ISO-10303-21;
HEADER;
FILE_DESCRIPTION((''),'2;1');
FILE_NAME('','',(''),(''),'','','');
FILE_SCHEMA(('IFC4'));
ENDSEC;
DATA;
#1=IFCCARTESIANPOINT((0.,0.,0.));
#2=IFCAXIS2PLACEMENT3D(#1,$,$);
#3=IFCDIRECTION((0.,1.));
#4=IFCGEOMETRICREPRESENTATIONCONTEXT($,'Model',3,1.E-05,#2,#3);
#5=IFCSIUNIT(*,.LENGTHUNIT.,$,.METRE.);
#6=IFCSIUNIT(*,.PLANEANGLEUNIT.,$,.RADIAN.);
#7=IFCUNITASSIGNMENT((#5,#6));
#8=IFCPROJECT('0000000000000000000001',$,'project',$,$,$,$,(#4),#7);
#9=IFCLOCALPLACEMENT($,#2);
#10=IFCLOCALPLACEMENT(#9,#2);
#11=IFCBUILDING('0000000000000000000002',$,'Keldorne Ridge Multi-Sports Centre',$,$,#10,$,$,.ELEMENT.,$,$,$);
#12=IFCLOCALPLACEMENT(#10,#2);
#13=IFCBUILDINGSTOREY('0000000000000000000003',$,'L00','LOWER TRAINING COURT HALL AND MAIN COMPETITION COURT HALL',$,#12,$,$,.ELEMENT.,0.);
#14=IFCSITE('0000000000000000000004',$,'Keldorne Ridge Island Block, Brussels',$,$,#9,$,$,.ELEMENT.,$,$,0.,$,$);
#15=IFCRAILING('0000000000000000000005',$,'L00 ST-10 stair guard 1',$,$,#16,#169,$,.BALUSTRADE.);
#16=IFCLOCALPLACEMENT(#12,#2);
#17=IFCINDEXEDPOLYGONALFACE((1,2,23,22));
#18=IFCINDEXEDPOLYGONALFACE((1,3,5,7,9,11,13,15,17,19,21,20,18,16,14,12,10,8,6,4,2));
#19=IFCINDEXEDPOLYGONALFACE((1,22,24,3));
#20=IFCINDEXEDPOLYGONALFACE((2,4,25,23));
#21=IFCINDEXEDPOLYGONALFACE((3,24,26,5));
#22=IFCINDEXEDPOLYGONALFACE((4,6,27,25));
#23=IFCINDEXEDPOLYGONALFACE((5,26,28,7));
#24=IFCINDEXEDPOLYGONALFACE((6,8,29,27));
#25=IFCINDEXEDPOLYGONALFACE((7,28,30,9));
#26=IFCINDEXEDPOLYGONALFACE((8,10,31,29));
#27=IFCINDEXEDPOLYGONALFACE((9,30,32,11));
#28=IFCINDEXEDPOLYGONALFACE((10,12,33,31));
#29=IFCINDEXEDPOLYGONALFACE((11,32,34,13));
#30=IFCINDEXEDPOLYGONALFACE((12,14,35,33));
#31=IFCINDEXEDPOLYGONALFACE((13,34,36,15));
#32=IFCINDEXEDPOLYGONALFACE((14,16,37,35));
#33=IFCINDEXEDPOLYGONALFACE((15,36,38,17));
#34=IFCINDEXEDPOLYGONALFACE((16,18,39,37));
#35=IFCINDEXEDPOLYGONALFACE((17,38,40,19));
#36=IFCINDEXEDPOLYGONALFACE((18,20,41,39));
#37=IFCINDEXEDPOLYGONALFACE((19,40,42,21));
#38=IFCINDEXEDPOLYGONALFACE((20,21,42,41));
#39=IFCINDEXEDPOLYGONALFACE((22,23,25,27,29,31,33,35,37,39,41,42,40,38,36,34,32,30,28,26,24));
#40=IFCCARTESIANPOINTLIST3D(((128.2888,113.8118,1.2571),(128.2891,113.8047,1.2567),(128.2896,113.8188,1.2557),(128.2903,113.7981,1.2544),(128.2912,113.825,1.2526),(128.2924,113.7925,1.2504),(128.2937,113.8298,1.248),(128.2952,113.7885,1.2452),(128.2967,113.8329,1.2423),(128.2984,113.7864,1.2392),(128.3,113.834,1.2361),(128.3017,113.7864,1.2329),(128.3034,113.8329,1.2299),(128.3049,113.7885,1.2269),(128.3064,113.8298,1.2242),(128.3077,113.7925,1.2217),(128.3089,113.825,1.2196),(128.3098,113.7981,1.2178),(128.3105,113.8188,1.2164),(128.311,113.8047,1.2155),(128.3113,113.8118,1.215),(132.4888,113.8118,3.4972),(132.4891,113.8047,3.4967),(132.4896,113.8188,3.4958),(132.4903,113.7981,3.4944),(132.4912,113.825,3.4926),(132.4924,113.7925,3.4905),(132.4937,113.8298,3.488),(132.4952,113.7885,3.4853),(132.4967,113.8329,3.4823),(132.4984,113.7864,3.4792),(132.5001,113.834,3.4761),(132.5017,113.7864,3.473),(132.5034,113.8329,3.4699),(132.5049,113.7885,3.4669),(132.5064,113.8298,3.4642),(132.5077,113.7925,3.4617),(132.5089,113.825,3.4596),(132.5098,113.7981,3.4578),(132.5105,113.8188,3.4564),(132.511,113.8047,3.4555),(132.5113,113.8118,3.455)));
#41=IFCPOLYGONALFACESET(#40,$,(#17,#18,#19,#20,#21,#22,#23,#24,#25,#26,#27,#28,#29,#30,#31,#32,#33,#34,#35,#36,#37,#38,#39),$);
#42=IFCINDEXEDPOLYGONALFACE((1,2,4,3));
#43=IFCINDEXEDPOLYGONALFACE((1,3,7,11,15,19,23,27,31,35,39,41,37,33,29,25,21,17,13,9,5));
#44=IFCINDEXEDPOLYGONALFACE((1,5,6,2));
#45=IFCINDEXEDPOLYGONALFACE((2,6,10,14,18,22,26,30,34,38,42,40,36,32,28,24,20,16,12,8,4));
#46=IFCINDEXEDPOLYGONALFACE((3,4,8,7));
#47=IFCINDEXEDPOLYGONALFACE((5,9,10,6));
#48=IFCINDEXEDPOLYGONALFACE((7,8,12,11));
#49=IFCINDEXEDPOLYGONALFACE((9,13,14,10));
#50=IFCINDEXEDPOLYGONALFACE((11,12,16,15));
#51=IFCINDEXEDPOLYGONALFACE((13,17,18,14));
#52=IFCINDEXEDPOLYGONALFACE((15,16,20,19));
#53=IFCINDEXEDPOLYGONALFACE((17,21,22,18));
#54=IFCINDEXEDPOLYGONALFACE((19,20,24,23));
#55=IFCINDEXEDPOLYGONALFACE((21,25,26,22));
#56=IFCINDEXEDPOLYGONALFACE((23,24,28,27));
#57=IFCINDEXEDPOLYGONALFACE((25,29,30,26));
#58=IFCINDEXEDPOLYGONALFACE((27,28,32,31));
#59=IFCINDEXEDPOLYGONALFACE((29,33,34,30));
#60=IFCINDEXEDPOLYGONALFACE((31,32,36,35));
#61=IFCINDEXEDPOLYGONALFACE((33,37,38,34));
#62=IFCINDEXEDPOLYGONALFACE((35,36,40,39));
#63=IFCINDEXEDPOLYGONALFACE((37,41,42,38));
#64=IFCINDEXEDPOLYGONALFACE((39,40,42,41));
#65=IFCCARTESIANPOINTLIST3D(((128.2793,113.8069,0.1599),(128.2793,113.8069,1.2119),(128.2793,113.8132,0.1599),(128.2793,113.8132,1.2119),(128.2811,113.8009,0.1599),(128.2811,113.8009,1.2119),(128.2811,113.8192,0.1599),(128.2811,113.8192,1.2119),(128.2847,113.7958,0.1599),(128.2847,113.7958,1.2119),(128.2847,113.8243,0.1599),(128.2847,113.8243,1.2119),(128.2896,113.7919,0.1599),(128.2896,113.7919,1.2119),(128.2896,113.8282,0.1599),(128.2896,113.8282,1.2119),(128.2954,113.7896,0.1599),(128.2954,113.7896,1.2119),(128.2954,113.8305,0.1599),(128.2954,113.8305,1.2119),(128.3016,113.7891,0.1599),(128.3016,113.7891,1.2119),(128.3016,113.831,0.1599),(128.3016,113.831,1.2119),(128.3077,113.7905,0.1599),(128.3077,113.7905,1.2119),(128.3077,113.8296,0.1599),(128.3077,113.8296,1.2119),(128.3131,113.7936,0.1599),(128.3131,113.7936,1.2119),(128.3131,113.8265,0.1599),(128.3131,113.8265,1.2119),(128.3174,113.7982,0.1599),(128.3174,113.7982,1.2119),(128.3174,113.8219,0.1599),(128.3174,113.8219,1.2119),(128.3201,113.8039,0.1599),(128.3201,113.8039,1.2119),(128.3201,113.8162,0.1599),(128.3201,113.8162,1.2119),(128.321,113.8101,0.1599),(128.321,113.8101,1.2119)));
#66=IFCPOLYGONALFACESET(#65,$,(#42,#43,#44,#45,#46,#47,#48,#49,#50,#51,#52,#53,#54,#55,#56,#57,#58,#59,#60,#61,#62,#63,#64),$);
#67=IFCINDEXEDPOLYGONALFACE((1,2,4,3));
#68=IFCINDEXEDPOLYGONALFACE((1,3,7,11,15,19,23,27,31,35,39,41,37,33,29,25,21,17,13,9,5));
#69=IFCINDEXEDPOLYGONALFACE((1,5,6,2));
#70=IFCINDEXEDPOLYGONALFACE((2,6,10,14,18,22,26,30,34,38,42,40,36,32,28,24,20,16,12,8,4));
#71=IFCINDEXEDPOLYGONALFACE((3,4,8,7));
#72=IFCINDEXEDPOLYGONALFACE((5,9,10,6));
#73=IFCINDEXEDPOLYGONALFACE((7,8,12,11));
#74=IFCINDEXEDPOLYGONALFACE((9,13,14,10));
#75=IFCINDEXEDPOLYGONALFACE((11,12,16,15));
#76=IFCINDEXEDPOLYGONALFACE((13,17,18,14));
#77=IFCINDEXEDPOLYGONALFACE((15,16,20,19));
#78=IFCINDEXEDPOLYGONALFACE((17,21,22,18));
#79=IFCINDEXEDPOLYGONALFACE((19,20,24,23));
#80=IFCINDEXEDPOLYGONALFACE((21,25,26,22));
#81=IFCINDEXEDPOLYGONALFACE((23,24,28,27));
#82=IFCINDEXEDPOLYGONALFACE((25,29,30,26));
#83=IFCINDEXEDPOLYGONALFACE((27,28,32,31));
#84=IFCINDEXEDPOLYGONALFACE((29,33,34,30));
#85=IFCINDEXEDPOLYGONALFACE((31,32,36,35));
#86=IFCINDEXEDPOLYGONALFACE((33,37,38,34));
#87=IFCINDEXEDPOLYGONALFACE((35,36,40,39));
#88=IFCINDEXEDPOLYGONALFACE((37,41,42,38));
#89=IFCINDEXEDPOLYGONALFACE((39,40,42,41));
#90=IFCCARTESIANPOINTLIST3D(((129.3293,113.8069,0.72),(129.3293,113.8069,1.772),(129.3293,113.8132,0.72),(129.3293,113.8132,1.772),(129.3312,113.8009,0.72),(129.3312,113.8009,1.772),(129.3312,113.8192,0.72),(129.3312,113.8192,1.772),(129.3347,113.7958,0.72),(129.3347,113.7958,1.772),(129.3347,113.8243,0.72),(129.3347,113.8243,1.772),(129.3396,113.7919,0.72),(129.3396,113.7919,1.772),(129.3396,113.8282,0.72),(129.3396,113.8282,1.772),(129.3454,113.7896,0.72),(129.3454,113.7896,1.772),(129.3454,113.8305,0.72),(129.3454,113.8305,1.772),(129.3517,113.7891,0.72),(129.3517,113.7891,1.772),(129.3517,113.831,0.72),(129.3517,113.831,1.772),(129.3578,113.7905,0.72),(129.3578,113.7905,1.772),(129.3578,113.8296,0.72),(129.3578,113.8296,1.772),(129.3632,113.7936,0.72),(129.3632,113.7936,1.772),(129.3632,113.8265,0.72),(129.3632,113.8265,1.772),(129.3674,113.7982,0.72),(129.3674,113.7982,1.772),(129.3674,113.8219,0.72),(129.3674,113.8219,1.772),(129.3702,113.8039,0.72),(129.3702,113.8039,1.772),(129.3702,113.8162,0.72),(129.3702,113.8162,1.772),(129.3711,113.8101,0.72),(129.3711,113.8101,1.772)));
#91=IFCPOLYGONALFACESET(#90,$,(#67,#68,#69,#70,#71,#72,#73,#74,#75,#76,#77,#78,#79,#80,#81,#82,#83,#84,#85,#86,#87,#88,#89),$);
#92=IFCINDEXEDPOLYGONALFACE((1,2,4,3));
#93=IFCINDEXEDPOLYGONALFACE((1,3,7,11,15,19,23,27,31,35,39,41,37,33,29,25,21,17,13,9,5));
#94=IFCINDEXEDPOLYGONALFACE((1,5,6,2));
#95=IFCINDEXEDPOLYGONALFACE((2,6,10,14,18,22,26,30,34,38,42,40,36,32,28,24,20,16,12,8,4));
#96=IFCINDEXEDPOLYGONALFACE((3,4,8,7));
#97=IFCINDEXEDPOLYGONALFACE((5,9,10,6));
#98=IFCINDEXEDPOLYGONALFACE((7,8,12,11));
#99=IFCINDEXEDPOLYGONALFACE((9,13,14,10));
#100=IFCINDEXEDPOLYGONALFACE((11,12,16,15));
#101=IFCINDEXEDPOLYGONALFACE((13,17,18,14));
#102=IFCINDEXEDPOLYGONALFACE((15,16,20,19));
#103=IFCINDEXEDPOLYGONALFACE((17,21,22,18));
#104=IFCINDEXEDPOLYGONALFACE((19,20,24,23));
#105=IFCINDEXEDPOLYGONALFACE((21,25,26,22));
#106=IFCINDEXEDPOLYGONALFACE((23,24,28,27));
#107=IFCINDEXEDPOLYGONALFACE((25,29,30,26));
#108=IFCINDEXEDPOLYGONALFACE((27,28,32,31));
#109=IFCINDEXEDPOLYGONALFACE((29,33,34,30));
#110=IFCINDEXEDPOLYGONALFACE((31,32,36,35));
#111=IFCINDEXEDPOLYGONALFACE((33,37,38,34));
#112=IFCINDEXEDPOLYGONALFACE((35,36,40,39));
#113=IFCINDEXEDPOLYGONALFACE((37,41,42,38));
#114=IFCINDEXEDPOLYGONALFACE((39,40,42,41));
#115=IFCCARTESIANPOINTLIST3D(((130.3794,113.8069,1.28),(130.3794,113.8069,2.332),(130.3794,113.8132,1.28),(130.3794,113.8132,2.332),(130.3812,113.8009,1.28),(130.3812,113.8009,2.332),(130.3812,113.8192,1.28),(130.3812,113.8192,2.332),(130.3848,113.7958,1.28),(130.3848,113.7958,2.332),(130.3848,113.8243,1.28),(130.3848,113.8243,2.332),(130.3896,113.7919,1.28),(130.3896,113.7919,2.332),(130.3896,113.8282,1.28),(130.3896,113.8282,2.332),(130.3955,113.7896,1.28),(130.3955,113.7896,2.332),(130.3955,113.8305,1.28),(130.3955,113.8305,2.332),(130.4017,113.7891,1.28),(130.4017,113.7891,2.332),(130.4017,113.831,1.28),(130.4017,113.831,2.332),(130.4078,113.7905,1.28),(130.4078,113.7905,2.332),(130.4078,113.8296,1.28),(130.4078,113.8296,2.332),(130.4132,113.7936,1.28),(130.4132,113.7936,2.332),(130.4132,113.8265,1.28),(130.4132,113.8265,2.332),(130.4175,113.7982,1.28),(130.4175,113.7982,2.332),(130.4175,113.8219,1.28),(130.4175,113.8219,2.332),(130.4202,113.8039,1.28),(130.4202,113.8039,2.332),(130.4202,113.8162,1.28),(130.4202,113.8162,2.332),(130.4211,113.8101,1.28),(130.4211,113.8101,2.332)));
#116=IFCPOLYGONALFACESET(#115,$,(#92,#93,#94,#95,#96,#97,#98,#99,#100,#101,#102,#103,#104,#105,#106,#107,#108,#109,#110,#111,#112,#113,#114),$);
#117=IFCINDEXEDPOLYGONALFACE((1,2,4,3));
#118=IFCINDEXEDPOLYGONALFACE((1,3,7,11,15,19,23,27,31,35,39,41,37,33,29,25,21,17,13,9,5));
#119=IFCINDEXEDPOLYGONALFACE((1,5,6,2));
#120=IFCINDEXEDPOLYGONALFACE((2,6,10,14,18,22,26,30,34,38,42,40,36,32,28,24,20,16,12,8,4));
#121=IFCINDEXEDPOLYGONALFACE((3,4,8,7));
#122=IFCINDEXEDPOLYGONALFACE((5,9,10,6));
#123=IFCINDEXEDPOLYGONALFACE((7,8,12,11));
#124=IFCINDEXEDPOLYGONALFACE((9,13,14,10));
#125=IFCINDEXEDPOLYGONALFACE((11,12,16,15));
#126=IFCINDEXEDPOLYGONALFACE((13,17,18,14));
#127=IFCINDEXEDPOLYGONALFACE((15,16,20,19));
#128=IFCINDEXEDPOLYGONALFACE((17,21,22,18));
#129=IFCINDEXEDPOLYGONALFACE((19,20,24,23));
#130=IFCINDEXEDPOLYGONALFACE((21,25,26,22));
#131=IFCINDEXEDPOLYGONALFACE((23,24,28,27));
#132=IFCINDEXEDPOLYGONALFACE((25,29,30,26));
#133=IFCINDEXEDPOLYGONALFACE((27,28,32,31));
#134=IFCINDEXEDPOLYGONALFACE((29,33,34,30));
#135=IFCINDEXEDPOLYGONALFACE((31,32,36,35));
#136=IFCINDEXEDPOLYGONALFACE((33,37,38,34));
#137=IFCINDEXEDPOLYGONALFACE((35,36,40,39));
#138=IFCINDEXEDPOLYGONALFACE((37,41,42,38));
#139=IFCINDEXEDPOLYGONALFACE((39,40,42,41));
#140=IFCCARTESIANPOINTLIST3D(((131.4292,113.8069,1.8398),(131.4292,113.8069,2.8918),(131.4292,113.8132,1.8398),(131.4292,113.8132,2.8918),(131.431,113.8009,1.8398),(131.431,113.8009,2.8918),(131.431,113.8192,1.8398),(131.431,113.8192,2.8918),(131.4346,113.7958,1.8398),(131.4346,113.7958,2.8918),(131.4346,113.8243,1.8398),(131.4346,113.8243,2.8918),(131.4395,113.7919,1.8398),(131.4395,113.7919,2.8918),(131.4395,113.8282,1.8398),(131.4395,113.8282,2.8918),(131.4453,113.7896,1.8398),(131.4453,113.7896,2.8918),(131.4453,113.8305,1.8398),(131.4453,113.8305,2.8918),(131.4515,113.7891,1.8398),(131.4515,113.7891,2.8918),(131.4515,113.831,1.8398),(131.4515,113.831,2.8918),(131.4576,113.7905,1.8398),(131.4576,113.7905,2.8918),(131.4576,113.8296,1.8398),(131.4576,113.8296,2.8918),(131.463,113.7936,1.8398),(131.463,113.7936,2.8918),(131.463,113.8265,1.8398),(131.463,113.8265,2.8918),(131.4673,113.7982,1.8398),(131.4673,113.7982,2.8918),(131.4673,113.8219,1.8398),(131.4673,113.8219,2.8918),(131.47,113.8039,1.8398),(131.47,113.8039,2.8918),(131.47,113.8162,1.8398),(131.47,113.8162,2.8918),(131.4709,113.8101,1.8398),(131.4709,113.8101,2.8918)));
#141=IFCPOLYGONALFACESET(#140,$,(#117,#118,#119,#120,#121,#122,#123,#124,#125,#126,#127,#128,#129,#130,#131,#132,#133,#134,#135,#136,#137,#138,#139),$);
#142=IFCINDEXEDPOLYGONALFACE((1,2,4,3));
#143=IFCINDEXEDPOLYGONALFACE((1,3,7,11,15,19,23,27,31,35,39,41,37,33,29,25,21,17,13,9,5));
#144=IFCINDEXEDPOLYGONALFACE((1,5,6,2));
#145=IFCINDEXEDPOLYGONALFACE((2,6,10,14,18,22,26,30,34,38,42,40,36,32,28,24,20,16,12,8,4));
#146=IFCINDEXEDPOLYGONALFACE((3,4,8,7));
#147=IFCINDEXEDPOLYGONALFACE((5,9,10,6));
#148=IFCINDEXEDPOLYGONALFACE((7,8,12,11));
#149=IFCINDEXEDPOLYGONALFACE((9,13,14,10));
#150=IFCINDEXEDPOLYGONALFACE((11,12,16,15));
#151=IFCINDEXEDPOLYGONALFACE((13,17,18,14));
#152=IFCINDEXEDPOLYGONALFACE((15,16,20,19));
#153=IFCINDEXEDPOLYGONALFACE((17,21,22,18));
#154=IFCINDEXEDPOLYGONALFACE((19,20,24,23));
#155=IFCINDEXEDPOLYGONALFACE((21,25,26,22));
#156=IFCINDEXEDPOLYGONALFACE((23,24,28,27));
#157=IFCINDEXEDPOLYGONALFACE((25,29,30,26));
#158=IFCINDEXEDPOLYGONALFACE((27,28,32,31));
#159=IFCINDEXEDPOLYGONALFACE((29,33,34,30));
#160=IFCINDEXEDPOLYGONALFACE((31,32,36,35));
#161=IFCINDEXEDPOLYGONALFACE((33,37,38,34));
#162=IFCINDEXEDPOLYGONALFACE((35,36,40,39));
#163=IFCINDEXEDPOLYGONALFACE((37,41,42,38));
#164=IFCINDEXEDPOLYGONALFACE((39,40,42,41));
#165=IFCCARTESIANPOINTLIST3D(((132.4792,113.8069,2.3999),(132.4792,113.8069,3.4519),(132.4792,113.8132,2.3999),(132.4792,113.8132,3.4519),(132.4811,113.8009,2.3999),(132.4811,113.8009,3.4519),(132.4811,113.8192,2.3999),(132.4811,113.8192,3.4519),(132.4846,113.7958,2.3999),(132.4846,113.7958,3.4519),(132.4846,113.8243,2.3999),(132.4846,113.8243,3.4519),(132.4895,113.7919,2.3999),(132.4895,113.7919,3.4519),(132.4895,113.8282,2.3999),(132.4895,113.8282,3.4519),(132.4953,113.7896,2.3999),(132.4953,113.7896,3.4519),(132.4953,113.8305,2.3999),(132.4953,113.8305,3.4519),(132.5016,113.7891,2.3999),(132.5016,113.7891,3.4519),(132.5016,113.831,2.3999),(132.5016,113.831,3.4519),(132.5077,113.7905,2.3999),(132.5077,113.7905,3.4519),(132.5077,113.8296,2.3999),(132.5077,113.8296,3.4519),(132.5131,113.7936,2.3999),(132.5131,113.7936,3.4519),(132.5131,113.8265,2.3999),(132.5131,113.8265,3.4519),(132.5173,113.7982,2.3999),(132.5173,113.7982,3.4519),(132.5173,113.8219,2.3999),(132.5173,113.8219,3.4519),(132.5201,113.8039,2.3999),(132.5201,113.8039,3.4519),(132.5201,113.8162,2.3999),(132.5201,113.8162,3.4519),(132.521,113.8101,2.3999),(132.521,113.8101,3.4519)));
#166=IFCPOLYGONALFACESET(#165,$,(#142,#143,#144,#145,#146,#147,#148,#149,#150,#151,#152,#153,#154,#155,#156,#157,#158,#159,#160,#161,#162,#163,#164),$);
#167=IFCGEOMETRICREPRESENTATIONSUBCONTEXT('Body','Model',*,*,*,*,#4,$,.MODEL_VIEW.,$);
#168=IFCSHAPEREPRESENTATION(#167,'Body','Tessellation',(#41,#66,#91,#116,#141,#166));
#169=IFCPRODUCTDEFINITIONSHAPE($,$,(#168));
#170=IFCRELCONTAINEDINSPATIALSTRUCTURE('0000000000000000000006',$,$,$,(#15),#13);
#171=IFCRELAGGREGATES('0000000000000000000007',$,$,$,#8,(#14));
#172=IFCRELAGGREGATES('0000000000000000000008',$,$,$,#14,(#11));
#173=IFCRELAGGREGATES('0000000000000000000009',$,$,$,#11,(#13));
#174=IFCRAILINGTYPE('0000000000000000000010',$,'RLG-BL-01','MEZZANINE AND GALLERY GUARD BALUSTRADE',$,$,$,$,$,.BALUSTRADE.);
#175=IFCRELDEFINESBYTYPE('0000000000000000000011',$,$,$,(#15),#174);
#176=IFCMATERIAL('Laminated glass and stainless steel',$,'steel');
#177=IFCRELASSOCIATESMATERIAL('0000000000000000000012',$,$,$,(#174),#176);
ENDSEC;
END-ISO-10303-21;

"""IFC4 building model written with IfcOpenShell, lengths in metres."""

from ifc_helpers import new_model, si_unit, direction, frame, origin, origin_2d, place, context, subcontext, project, spatial, circle, extrude, material, type_object, element, save


model = new_model("IFC4")

# Units and contexts
model_context = context("Model", 3, precision=1e-05, world=origin(), true_north=direction((0.0, 1.0)))
body_context = subcontext(model_context, "Body", "Model", "MODEL_VIEW")
ifc_project = project(units=[si_unit("LENGTHUNIT", "METRE"), si_unit("PLANEANGLEUNIT", "RADIAN")], contexts=[model_context])

# Site, building, storey
site_placement = place(None, origin())
site = spatial("IfcSite", under=ifc_project, at=site_placement, Name="Keldorne Ridge Island Block, Brussels", CompositionType="ELEMENT", RefElevation=0.0)
building_placement = place(site_placement, origin())
building = spatial("IfcBuilding", under=site, at=building_placement, Name="Keldorne Ridge Multi-Sports Centre", CompositionType="ELEMENT")
storey_placement = place(building_placement, origin())
storey = spatial("IfcBuildingStorey", under=building, at=storey_placement, Name="L00", Description="LOWER TRAINING COURT HALL AND MAIN COMPETITION COURT HALL", CompositionType="ELEMENT", Elevation=0.0)

# Railing
ifc_material_1 = material(Name="Laminated glass and stainless steel", Category="steel")
railing_type_1 = type_object("IfcRailingType", Name="RLG-BL-01", Description="MEZZANINE AND GALLERY GUARD BALUSTRADE", PredefinedType="BALUSTRADE", material=ifc_material_1)
railing_1_placement = place(storey_placement, frame((128.3, 113.8101, 0.1599)))
element("IfcRailing", 1, at=railing_1_placement, inside=storey, type_object=railing_type_1, Name="L00 ST-10 stair guard 1", PredefinedType="BALUSTRADE", context=body_context, shape_type="SweptSolid", body=[
    extrude(circle(Radius=0.0239, at=origin_2d()), frame((0.0, 0.0, 1.0762), z_axis=(0.882352, 0.0, 0.470591), x_axis=(0.0, 1.0, 0.0)), (0.0, 0.0, 1.0), 4.76),
    extrude(circle(Radius=0.021, at=origin_2d()), origin(), (0.0, 0.0, 1.0), 1.052),
    extrude(circle(Radius=0.021, at=origin_2d()), frame((1.05, 0.0, 0.5601)), (0.0, 0.0, 1.0), 1.052),
    extrude(circle(Radius=0.021, at=origin_2d()), frame((2.1001, 0.0, 1.1201)), (0.0, 0.0, 1.0), 1.052),
    extrude(circle(Radius=0.021, at=origin_2d()), frame((3.1499, 0.0, 1.6799)), (0.0, 0.0, 1.0), 1.052),
    extrude(circle(Radius=0.021, at=origin_2d()), frame((4.2, 0.0, 2.24)), (0.0, 0.0, 1.0), 1.052),
])

save(model, "model.ifc")
